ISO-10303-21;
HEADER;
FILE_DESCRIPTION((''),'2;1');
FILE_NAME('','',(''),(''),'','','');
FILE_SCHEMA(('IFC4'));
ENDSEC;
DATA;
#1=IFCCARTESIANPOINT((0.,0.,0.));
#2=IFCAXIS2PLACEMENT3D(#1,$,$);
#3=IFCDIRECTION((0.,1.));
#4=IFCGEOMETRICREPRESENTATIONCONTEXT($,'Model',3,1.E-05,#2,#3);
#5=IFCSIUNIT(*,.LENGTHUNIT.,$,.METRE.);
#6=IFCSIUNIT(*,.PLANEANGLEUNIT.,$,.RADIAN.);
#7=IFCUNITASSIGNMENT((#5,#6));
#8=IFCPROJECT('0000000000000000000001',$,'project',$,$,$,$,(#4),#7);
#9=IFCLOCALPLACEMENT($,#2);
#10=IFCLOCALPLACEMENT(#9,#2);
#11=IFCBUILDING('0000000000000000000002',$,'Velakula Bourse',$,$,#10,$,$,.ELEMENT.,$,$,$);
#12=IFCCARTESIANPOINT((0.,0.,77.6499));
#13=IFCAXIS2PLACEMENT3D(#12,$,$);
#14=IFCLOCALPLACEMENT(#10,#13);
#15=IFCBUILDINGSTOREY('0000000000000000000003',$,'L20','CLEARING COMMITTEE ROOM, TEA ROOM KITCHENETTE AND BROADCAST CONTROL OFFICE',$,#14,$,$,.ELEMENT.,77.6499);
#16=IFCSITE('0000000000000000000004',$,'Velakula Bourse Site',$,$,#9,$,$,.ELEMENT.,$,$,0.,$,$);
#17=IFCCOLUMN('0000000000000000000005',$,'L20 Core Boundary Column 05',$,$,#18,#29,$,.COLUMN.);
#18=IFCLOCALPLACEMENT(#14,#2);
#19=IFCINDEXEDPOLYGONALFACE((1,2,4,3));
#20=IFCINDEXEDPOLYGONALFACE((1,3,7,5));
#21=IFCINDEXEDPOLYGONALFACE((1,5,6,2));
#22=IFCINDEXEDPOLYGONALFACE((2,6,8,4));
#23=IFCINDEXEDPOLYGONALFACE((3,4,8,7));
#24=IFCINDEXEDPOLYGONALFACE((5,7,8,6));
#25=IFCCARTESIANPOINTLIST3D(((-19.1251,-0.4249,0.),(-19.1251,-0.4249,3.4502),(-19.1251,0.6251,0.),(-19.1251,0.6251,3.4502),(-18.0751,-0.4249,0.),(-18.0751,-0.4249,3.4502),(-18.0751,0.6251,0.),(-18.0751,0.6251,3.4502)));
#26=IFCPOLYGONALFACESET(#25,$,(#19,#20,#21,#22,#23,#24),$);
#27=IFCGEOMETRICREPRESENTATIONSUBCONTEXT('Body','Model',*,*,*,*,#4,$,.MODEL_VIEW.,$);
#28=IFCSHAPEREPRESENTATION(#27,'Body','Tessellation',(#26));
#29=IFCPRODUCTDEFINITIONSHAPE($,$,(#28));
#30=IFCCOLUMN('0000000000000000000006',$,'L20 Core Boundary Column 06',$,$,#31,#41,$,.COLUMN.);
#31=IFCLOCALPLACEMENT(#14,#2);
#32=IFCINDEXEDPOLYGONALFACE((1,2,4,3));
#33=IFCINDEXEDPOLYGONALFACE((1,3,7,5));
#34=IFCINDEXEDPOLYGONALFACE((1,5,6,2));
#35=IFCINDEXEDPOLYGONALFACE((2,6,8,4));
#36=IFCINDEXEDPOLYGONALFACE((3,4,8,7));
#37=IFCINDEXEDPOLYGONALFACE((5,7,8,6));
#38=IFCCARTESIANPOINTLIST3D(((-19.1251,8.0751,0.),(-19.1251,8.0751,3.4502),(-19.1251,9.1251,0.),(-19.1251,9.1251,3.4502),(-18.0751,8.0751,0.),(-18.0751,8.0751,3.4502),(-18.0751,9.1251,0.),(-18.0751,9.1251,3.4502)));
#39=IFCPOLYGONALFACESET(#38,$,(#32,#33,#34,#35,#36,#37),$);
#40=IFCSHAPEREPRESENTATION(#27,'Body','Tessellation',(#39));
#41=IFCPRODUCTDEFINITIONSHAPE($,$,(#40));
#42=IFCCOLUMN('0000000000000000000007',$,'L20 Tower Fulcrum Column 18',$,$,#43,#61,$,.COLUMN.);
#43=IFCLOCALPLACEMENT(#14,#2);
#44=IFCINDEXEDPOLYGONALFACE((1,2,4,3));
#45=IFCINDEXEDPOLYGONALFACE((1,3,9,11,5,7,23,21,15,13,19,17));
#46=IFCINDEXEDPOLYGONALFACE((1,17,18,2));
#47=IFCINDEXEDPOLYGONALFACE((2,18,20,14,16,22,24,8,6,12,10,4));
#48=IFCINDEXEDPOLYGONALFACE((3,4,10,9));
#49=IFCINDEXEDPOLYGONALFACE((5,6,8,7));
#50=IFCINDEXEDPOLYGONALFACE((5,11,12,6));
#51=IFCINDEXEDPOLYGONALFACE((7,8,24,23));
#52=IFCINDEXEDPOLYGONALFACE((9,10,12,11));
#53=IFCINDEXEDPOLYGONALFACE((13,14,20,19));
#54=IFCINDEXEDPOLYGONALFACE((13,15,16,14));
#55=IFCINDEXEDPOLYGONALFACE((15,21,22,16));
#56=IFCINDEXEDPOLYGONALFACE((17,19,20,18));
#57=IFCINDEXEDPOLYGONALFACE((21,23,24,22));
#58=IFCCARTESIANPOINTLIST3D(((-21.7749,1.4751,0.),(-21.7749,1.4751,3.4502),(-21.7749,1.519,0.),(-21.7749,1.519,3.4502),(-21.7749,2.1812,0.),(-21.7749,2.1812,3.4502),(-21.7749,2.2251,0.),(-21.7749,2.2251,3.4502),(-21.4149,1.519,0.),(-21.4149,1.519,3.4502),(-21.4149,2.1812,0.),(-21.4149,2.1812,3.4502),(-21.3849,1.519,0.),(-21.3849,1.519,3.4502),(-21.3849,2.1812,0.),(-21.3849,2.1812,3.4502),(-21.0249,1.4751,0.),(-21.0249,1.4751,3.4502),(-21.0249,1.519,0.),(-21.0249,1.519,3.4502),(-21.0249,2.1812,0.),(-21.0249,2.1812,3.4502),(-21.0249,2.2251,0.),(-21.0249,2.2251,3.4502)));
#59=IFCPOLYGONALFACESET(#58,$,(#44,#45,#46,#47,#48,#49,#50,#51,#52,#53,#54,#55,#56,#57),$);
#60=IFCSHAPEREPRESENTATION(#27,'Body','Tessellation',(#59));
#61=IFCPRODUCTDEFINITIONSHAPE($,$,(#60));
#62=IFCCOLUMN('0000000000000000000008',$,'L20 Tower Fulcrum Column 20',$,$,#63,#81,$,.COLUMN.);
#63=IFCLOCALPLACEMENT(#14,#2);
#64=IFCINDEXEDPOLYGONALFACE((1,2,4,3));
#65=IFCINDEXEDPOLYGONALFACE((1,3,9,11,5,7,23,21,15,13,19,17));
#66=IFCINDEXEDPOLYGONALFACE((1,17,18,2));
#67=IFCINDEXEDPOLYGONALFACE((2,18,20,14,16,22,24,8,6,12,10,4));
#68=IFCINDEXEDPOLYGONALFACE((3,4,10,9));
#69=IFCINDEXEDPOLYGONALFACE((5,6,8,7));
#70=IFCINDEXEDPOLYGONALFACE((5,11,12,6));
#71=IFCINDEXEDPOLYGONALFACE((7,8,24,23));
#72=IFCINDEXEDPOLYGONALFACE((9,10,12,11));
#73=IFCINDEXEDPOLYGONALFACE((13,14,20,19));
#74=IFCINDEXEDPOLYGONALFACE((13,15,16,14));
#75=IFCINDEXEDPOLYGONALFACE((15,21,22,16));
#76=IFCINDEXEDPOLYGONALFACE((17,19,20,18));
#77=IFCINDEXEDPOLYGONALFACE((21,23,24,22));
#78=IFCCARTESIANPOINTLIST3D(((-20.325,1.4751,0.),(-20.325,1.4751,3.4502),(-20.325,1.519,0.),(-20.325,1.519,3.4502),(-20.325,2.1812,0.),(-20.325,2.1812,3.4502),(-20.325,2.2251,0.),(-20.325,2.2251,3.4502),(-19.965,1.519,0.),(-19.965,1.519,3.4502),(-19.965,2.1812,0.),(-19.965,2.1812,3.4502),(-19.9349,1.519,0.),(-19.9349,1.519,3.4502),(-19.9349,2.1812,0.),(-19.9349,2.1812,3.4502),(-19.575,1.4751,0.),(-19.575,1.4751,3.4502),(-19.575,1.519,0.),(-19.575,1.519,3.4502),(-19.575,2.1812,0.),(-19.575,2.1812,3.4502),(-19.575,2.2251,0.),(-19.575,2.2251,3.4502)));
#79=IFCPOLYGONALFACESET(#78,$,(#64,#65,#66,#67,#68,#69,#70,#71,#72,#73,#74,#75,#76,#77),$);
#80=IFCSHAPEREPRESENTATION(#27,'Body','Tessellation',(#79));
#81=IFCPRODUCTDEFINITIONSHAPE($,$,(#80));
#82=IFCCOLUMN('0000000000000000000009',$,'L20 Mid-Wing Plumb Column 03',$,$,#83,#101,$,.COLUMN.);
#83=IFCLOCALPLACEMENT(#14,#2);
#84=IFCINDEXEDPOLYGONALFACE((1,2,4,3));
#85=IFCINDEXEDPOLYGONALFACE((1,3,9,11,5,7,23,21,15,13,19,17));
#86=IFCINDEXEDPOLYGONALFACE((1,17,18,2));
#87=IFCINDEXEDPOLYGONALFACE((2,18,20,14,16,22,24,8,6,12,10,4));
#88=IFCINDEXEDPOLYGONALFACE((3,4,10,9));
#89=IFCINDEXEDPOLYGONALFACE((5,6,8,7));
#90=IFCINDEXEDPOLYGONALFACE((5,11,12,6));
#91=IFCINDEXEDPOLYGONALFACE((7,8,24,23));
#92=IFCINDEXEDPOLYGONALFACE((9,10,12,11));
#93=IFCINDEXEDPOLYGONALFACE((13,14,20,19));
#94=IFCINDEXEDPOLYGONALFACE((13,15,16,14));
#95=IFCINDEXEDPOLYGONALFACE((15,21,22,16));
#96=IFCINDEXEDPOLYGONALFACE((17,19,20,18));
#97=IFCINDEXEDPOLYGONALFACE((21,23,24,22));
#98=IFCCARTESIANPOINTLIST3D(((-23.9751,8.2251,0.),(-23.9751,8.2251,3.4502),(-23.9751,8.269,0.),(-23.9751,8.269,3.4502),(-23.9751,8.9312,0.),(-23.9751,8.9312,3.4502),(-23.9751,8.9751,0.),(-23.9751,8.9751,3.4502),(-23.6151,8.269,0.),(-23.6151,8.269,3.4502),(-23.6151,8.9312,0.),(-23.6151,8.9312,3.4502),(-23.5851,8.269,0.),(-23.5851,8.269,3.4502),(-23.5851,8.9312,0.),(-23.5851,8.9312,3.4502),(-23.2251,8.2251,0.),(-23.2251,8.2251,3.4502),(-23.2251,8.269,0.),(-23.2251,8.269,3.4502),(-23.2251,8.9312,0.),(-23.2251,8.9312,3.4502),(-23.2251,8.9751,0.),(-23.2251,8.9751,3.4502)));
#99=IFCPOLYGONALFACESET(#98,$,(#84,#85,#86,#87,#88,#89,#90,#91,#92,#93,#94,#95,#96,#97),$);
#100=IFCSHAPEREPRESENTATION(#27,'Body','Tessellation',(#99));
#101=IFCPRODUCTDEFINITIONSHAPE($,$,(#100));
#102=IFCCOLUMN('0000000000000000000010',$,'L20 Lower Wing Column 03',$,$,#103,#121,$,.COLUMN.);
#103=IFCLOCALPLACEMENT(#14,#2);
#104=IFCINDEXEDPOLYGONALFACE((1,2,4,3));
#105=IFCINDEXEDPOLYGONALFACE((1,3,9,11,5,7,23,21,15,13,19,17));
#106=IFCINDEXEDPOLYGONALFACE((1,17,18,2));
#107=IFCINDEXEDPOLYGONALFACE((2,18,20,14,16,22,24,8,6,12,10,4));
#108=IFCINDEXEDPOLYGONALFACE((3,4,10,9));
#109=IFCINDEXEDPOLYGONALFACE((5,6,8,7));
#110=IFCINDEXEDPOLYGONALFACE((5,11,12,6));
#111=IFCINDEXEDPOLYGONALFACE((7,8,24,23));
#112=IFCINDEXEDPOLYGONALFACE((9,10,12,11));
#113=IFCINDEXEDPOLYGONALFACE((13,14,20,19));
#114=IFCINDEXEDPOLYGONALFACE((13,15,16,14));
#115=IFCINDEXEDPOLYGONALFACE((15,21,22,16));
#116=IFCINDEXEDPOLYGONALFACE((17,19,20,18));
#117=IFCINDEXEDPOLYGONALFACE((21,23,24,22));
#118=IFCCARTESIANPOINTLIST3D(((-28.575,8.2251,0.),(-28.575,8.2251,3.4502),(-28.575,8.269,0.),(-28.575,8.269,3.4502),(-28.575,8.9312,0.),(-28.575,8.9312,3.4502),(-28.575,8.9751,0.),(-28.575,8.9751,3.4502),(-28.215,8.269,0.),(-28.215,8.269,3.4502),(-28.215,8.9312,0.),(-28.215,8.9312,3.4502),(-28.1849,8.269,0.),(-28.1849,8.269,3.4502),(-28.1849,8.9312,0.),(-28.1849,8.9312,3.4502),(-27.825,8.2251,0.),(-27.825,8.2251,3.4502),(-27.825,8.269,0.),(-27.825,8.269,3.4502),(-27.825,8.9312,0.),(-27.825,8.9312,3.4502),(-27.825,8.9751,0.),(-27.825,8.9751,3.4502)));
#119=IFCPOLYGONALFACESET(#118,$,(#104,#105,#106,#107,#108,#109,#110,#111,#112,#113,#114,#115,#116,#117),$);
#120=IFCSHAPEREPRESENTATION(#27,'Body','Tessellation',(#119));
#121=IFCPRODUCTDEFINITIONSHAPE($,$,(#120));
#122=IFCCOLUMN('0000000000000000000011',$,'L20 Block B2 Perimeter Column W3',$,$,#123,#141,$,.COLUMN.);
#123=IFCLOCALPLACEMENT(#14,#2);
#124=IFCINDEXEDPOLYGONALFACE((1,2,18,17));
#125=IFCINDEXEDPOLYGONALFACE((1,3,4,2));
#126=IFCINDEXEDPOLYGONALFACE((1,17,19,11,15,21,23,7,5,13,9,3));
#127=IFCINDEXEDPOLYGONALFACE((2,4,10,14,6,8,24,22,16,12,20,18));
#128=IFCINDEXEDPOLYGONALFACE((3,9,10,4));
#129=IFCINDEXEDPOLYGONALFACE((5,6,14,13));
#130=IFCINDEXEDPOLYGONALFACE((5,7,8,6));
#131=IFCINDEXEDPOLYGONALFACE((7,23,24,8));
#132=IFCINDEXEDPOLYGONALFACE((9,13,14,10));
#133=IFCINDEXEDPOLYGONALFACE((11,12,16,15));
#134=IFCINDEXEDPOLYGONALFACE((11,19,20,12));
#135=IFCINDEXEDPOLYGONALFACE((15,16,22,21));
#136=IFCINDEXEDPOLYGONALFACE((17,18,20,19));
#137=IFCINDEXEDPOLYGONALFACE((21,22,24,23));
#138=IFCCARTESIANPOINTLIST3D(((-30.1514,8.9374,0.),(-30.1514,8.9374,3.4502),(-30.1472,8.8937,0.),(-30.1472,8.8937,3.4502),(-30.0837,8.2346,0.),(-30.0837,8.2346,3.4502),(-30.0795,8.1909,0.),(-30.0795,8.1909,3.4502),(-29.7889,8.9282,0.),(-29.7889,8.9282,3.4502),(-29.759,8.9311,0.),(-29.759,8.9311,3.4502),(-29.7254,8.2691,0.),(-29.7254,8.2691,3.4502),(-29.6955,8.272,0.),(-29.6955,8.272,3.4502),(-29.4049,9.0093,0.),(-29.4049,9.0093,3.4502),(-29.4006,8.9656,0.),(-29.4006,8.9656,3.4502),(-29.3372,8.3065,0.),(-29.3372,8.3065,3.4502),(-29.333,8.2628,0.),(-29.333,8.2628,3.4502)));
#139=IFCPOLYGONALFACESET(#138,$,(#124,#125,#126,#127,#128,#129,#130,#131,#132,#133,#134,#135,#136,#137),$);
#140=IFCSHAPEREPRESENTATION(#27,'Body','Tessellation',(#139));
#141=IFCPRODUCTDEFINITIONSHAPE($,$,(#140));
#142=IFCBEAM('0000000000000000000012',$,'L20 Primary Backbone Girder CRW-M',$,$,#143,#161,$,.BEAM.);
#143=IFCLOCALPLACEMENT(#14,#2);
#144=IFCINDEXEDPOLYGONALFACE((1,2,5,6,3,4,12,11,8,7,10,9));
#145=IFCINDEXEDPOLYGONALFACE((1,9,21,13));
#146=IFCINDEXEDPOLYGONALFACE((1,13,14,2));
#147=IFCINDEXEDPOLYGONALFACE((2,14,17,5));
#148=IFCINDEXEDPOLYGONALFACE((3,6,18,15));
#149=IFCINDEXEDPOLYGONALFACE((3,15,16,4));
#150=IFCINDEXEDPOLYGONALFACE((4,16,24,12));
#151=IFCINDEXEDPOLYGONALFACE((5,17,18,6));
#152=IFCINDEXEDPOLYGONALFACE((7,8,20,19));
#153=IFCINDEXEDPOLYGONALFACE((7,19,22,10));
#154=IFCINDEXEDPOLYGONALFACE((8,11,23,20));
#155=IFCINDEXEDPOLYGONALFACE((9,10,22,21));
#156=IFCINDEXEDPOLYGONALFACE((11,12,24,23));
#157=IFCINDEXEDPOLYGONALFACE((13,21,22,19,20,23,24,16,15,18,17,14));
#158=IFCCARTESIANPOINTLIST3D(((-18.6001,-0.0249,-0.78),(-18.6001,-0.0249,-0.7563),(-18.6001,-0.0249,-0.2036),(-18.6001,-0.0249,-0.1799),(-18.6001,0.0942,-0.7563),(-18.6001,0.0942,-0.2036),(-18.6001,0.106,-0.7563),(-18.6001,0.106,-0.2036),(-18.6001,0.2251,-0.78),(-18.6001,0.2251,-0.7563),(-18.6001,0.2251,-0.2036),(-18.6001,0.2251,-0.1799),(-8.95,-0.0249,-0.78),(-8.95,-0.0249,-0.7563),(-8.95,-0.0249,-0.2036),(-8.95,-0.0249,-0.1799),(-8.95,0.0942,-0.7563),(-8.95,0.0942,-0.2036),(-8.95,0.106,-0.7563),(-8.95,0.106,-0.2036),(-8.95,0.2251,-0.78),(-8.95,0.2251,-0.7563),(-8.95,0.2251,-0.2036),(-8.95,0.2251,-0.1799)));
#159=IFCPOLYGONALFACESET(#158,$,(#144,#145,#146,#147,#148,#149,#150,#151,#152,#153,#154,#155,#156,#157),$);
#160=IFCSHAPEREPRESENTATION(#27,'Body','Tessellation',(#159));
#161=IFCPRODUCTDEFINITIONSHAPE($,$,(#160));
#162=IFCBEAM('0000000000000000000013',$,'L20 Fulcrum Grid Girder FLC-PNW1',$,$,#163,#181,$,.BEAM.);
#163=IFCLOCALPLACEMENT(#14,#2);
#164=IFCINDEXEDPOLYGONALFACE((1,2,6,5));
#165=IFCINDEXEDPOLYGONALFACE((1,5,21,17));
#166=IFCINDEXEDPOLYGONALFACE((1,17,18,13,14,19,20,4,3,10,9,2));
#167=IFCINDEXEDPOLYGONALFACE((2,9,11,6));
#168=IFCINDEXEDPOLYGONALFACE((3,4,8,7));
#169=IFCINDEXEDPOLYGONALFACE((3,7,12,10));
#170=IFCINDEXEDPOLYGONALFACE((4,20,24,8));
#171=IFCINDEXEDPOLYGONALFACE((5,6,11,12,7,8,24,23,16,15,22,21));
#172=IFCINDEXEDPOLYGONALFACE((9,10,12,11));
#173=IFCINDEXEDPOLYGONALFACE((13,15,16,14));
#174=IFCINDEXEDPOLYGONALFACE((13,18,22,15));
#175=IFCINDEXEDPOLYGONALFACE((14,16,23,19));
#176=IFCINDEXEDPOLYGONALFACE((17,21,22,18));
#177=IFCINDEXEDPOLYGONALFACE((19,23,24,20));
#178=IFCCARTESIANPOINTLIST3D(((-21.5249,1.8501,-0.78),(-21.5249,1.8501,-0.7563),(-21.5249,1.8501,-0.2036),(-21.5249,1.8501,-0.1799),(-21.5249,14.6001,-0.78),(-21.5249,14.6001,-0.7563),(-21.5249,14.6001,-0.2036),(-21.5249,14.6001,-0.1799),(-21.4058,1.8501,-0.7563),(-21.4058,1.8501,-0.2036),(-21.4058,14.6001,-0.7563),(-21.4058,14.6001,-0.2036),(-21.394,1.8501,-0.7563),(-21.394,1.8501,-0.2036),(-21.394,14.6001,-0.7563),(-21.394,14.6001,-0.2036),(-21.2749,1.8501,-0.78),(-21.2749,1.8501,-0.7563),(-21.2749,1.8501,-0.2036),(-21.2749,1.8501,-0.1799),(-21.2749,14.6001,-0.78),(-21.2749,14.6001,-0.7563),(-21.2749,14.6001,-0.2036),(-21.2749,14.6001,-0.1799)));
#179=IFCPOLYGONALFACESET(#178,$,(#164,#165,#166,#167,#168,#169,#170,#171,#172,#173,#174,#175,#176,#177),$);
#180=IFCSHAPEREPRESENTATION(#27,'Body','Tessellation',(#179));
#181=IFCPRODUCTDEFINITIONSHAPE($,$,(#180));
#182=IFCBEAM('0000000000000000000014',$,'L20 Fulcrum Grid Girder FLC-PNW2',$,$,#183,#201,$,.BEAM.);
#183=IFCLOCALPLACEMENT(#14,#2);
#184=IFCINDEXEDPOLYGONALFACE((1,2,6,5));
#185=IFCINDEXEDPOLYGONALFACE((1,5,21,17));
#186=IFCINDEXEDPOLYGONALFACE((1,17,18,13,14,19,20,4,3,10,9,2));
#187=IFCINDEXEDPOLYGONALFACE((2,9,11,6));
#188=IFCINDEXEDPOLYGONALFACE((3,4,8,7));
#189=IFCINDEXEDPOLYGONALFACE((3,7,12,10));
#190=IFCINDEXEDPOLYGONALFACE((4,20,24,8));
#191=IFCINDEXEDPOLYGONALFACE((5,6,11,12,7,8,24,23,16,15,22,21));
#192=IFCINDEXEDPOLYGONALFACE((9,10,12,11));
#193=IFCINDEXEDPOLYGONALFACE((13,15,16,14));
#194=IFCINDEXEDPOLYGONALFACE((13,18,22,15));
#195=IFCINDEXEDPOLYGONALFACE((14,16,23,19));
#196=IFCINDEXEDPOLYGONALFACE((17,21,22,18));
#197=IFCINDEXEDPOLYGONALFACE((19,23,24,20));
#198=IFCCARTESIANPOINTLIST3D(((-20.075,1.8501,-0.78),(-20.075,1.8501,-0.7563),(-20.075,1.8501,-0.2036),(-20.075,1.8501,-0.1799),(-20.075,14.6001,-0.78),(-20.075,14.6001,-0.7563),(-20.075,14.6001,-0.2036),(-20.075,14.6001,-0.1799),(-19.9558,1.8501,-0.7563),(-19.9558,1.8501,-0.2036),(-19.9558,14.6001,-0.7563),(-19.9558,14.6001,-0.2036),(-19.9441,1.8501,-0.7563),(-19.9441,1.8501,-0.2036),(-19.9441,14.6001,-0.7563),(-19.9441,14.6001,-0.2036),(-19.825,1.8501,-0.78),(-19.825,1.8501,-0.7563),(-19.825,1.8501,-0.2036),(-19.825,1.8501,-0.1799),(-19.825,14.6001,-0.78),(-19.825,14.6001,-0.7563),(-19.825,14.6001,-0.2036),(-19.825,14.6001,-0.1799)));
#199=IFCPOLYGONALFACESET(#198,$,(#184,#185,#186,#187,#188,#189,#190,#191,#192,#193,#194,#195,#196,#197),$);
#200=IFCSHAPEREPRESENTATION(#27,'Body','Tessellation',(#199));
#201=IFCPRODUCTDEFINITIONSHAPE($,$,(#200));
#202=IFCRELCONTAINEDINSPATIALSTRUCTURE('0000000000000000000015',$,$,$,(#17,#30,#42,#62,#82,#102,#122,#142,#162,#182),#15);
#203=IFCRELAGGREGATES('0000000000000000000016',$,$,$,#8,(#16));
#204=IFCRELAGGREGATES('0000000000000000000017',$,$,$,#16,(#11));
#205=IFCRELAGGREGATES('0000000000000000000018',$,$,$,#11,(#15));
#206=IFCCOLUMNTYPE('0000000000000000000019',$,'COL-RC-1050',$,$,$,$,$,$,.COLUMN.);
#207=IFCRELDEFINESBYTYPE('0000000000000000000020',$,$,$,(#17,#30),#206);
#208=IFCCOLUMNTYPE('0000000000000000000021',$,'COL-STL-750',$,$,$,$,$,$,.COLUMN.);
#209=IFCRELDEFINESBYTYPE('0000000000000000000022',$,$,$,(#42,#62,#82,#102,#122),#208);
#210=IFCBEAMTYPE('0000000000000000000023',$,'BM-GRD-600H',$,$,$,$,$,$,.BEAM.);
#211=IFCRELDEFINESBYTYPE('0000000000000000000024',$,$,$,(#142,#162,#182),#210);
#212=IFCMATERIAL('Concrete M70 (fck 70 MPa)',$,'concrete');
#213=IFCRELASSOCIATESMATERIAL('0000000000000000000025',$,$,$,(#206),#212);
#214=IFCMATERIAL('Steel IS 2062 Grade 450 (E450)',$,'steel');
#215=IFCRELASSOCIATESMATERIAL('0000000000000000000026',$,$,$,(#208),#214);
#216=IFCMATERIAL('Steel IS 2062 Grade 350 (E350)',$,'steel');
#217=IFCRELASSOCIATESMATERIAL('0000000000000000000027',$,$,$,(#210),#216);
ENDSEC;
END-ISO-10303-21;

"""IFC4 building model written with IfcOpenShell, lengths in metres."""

from ifc_helpers import new_model, si_unit, direction, frame, origin, origin_2d, place, context, subcontext, project, spatial, rectangle, i_section, extrude, material, material_profile, profile_set, type_object, element, save


model = new_model("IFC4")

# Units and contexts
model_context = context("Model", 3, precision=1e-05, world=origin(), true_north=direction((0.0, 1.0)))
body_context = subcontext(model_context, "Body", "Model", "MODEL_VIEW")
ifc_project = project(units=[si_unit("LENGTHUNIT", "METRE"), si_unit("PLANEANGLEUNIT", "RADIAN")], contexts=[model_context])

# Site, building, storey
site_placement = place(None, origin())
site = spatial("IfcSite", under=ifc_project, at=site_placement, Name="Velakula Bourse Site", CompositionType="ELEMENT", RefElevation=0.0)
building_placement = place(site_placement, origin())
building = spatial("IfcBuilding", under=site, at=building_placement, Name="Velakula Bourse", CompositionType="ELEMENT")
storey_placement = place(building_placement, frame((0.0, 0.0, 77.6499)))
storey = spatial("IfcBuildingStorey", under=building, at=storey_placement, Name="L20", Description="CLEARING COMMITTEE ROOM, TEA ROOM KITCHENETTE AND BROADCAST CONTROL OFFICE", CompositionType="ELEMENT", Elevation=77.6499)

# Columns
ifc_material_1 = material(Name="Concrete M70 (fck 70 MPa)", Category="concrete")
ifc_material_profile_1 = material_profile(ifc_material_1, rectangle(XDim=1.05, YDim=1.05, at=origin_2d()), Name="Concrete M70 (fck 70 MPa)")
ifc_profile_set_1 = profile_set([ifc_material_profile_1], Name="Concrete M70 (fck 70 MPa)")
column_type_1 = type_object("IfcColumnType", Name="COL-RC-1050", PredefinedType="COLUMN", material=ifc_profile_set_1)
for number, where, z_axis, x_axis, name in (
    (1, (-18.6001, 0.1001, 0.0), (0.0, 0.0, 1.0), (1.0, 0.0, 0.0), "L20 Core Boundary Column 05"),
    (2, (-18.6001, 8.6001, 0.0), (0.0, 0.0, 1.0), (1.0, 0.0, 0.0), "L20 Core Boundary Column 06"),
):
    element("IfcColumn", number, at=place(storey_placement, frame(where, z_axis=z_axis, x_axis=x_axis)), inside=storey, type_object=column_type_1, Name=name, PredefinedType="COLUMN", context=body_context, shape_type="SweptSolid", body=[
        extrude(rectangle(XDim=1.05, YDim=1.05, at=origin_2d()), origin(), (0.0, 0.0, 1.0), 3.4502),
    ])
ifc_material_2 = material(Name="Steel IS 2062 Grade 450 (E450)", Category="steel")
ifc_material_profile_2 = material_profile(ifc_material_2, i_section(OverallWidth=0.75, OverallDepth=0.75, WebThickness=0.03, FlangeThickness=0.0439, at=origin_2d()), Name="Steel IS 2062 Grade 450 (E450)")
ifc_profile_set_2 = profile_set([ifc_material_profile_2], Name="Steel IS 2062 Grade 450 (E450)")
column_type_2 = type_object("IfcColumnType", Name="COL-STL-750", PredefinedType="COLUMN", material=ifc_profile_set_2)
for number, where, z_axis, x_axis, name in (
    (3, (-21.3999, 1.8501, 0.0), (0.0, 0.0, 1.0), (1.0, 0.0, 0.0), "L20 Tower Fulcrum Column 18"),
    (4, (-19.95, 1.8501, 0.0), (0.0, 0.0, 1.0), (1.0, 0.0, 0.0), "L20 Tower Fulcrum Column 20"),
    (5, (-23.6001, 8.6001, 0.0), (0.0, 0.0, 1.0), (1.0, 0.0, 0.0), "L20 Mid-Wing Plumb Column 03"),
    (6, (-28.2, 8.6001, 0.0), (0.0, 0.0, 1.0), (1.0, 0.0, 0.0), "L20 Lower Wing Column 03"),
    (7, (-29.7422, 8.6001, 0.0), (0.0, 0.0, 1.0), (0.995396, 0.095846, 0.0), "L20 Block B2 Perimeter Column W3"),
):
    element("IfcColumn", number, at=place(storey_placement, frame(where, z_axis=z_axis, x_axis=x_axis)), inside=storey, type_object=column_type_2, Name=name, PredefinedType="COLUMN", context=body_context, shape_type="SweptSolid", body=[
        extrude(i_section(OverallWidth=0.75, OverallDepth=0.75, WebThickness=0.03, FlangeThickness=0.0439, at=origin_2d()), origin(), (0.0, 0.0, 1.0), 3.4502),
    ])

# Beams
ifc_material_3 = material(Name="Steel IS 2062 Grade 350 (E350)", Category="steel")
ifc_material_profile_3 = material_profile(ifc_material_3, i_section(OverallWidth=0.25, OverallDepth=0.6001, WebThickness=0.0117, FlangeThickness=0.0237, at=origin_2d()), Name="Steel IS 2062 Grade 350 (E350)")
ifc_profile_set_3 = profile_set([ifc_material_profile_3], Name="Steel IS 2062 Grade 350 (E350)")
beam_type_1 = type_object("IfcBeamType", Name="BM-GRD-600H", PredefinedType="BEAM", material=ifc_profile_set_3)
beam_1_placement = place(storey_placement, frame((-18.6001, 0.1001, -0.48), z_axis=(1.0, 0.0, 0.0), x_axis=(0.0, 1.0, 0.0)))
element("IfcBeam", 8, at=beam_1_placement, inside=storey, type_object=beam_type_1, Name="L20 Primary Backbone Girder CRW-M", PredefinedType="BEAM", context=body_context, shape_type="SweptSolid", body=[
    extrude(i_section(OverallWidth=0.25, OverallDepth=0.6001, WebThickness=0.0117, FlangeThickness=0.0237, at=origin_2d()), origin(), (0.0, 0.0, 1.0), 9.6501),
])
for number, where, z_axis, x_axis, name in (
    (9, (-21.3999, 1.8501, -0.48), (0.0, 1.0, 0.0), (-1.0, 0.0, 0.0), "L20 Fulcrum Grid Girder FLC-PNW1"),
    (10, (-19.95, 1.8501, -0.48), (0.0, 1.0, 0.0), (-1.0, 0.0, 0.0), "L20 Fulcrum Grid Girder FLC-PNW2"),
):
    element("IfcBeam", number, at=place(storey_placement, frame(where, z_axis=z_axis, x_axis=x_axis)), inside=storey, type_object=beam_type_1, Name=name, PredefinedType="BEAM", context=body_context, shape_type="SweptSolid", body=[
        extrude(i_section(OverallWidth=0.25, OverallDepth=0.6001, WebThickness=0.0117, FlangeThickness=0.0237, at=origin_2d()), origin(), (0.0, 0.0, 1.0), 12.75),
    ])

save(model, "model.ifc")
